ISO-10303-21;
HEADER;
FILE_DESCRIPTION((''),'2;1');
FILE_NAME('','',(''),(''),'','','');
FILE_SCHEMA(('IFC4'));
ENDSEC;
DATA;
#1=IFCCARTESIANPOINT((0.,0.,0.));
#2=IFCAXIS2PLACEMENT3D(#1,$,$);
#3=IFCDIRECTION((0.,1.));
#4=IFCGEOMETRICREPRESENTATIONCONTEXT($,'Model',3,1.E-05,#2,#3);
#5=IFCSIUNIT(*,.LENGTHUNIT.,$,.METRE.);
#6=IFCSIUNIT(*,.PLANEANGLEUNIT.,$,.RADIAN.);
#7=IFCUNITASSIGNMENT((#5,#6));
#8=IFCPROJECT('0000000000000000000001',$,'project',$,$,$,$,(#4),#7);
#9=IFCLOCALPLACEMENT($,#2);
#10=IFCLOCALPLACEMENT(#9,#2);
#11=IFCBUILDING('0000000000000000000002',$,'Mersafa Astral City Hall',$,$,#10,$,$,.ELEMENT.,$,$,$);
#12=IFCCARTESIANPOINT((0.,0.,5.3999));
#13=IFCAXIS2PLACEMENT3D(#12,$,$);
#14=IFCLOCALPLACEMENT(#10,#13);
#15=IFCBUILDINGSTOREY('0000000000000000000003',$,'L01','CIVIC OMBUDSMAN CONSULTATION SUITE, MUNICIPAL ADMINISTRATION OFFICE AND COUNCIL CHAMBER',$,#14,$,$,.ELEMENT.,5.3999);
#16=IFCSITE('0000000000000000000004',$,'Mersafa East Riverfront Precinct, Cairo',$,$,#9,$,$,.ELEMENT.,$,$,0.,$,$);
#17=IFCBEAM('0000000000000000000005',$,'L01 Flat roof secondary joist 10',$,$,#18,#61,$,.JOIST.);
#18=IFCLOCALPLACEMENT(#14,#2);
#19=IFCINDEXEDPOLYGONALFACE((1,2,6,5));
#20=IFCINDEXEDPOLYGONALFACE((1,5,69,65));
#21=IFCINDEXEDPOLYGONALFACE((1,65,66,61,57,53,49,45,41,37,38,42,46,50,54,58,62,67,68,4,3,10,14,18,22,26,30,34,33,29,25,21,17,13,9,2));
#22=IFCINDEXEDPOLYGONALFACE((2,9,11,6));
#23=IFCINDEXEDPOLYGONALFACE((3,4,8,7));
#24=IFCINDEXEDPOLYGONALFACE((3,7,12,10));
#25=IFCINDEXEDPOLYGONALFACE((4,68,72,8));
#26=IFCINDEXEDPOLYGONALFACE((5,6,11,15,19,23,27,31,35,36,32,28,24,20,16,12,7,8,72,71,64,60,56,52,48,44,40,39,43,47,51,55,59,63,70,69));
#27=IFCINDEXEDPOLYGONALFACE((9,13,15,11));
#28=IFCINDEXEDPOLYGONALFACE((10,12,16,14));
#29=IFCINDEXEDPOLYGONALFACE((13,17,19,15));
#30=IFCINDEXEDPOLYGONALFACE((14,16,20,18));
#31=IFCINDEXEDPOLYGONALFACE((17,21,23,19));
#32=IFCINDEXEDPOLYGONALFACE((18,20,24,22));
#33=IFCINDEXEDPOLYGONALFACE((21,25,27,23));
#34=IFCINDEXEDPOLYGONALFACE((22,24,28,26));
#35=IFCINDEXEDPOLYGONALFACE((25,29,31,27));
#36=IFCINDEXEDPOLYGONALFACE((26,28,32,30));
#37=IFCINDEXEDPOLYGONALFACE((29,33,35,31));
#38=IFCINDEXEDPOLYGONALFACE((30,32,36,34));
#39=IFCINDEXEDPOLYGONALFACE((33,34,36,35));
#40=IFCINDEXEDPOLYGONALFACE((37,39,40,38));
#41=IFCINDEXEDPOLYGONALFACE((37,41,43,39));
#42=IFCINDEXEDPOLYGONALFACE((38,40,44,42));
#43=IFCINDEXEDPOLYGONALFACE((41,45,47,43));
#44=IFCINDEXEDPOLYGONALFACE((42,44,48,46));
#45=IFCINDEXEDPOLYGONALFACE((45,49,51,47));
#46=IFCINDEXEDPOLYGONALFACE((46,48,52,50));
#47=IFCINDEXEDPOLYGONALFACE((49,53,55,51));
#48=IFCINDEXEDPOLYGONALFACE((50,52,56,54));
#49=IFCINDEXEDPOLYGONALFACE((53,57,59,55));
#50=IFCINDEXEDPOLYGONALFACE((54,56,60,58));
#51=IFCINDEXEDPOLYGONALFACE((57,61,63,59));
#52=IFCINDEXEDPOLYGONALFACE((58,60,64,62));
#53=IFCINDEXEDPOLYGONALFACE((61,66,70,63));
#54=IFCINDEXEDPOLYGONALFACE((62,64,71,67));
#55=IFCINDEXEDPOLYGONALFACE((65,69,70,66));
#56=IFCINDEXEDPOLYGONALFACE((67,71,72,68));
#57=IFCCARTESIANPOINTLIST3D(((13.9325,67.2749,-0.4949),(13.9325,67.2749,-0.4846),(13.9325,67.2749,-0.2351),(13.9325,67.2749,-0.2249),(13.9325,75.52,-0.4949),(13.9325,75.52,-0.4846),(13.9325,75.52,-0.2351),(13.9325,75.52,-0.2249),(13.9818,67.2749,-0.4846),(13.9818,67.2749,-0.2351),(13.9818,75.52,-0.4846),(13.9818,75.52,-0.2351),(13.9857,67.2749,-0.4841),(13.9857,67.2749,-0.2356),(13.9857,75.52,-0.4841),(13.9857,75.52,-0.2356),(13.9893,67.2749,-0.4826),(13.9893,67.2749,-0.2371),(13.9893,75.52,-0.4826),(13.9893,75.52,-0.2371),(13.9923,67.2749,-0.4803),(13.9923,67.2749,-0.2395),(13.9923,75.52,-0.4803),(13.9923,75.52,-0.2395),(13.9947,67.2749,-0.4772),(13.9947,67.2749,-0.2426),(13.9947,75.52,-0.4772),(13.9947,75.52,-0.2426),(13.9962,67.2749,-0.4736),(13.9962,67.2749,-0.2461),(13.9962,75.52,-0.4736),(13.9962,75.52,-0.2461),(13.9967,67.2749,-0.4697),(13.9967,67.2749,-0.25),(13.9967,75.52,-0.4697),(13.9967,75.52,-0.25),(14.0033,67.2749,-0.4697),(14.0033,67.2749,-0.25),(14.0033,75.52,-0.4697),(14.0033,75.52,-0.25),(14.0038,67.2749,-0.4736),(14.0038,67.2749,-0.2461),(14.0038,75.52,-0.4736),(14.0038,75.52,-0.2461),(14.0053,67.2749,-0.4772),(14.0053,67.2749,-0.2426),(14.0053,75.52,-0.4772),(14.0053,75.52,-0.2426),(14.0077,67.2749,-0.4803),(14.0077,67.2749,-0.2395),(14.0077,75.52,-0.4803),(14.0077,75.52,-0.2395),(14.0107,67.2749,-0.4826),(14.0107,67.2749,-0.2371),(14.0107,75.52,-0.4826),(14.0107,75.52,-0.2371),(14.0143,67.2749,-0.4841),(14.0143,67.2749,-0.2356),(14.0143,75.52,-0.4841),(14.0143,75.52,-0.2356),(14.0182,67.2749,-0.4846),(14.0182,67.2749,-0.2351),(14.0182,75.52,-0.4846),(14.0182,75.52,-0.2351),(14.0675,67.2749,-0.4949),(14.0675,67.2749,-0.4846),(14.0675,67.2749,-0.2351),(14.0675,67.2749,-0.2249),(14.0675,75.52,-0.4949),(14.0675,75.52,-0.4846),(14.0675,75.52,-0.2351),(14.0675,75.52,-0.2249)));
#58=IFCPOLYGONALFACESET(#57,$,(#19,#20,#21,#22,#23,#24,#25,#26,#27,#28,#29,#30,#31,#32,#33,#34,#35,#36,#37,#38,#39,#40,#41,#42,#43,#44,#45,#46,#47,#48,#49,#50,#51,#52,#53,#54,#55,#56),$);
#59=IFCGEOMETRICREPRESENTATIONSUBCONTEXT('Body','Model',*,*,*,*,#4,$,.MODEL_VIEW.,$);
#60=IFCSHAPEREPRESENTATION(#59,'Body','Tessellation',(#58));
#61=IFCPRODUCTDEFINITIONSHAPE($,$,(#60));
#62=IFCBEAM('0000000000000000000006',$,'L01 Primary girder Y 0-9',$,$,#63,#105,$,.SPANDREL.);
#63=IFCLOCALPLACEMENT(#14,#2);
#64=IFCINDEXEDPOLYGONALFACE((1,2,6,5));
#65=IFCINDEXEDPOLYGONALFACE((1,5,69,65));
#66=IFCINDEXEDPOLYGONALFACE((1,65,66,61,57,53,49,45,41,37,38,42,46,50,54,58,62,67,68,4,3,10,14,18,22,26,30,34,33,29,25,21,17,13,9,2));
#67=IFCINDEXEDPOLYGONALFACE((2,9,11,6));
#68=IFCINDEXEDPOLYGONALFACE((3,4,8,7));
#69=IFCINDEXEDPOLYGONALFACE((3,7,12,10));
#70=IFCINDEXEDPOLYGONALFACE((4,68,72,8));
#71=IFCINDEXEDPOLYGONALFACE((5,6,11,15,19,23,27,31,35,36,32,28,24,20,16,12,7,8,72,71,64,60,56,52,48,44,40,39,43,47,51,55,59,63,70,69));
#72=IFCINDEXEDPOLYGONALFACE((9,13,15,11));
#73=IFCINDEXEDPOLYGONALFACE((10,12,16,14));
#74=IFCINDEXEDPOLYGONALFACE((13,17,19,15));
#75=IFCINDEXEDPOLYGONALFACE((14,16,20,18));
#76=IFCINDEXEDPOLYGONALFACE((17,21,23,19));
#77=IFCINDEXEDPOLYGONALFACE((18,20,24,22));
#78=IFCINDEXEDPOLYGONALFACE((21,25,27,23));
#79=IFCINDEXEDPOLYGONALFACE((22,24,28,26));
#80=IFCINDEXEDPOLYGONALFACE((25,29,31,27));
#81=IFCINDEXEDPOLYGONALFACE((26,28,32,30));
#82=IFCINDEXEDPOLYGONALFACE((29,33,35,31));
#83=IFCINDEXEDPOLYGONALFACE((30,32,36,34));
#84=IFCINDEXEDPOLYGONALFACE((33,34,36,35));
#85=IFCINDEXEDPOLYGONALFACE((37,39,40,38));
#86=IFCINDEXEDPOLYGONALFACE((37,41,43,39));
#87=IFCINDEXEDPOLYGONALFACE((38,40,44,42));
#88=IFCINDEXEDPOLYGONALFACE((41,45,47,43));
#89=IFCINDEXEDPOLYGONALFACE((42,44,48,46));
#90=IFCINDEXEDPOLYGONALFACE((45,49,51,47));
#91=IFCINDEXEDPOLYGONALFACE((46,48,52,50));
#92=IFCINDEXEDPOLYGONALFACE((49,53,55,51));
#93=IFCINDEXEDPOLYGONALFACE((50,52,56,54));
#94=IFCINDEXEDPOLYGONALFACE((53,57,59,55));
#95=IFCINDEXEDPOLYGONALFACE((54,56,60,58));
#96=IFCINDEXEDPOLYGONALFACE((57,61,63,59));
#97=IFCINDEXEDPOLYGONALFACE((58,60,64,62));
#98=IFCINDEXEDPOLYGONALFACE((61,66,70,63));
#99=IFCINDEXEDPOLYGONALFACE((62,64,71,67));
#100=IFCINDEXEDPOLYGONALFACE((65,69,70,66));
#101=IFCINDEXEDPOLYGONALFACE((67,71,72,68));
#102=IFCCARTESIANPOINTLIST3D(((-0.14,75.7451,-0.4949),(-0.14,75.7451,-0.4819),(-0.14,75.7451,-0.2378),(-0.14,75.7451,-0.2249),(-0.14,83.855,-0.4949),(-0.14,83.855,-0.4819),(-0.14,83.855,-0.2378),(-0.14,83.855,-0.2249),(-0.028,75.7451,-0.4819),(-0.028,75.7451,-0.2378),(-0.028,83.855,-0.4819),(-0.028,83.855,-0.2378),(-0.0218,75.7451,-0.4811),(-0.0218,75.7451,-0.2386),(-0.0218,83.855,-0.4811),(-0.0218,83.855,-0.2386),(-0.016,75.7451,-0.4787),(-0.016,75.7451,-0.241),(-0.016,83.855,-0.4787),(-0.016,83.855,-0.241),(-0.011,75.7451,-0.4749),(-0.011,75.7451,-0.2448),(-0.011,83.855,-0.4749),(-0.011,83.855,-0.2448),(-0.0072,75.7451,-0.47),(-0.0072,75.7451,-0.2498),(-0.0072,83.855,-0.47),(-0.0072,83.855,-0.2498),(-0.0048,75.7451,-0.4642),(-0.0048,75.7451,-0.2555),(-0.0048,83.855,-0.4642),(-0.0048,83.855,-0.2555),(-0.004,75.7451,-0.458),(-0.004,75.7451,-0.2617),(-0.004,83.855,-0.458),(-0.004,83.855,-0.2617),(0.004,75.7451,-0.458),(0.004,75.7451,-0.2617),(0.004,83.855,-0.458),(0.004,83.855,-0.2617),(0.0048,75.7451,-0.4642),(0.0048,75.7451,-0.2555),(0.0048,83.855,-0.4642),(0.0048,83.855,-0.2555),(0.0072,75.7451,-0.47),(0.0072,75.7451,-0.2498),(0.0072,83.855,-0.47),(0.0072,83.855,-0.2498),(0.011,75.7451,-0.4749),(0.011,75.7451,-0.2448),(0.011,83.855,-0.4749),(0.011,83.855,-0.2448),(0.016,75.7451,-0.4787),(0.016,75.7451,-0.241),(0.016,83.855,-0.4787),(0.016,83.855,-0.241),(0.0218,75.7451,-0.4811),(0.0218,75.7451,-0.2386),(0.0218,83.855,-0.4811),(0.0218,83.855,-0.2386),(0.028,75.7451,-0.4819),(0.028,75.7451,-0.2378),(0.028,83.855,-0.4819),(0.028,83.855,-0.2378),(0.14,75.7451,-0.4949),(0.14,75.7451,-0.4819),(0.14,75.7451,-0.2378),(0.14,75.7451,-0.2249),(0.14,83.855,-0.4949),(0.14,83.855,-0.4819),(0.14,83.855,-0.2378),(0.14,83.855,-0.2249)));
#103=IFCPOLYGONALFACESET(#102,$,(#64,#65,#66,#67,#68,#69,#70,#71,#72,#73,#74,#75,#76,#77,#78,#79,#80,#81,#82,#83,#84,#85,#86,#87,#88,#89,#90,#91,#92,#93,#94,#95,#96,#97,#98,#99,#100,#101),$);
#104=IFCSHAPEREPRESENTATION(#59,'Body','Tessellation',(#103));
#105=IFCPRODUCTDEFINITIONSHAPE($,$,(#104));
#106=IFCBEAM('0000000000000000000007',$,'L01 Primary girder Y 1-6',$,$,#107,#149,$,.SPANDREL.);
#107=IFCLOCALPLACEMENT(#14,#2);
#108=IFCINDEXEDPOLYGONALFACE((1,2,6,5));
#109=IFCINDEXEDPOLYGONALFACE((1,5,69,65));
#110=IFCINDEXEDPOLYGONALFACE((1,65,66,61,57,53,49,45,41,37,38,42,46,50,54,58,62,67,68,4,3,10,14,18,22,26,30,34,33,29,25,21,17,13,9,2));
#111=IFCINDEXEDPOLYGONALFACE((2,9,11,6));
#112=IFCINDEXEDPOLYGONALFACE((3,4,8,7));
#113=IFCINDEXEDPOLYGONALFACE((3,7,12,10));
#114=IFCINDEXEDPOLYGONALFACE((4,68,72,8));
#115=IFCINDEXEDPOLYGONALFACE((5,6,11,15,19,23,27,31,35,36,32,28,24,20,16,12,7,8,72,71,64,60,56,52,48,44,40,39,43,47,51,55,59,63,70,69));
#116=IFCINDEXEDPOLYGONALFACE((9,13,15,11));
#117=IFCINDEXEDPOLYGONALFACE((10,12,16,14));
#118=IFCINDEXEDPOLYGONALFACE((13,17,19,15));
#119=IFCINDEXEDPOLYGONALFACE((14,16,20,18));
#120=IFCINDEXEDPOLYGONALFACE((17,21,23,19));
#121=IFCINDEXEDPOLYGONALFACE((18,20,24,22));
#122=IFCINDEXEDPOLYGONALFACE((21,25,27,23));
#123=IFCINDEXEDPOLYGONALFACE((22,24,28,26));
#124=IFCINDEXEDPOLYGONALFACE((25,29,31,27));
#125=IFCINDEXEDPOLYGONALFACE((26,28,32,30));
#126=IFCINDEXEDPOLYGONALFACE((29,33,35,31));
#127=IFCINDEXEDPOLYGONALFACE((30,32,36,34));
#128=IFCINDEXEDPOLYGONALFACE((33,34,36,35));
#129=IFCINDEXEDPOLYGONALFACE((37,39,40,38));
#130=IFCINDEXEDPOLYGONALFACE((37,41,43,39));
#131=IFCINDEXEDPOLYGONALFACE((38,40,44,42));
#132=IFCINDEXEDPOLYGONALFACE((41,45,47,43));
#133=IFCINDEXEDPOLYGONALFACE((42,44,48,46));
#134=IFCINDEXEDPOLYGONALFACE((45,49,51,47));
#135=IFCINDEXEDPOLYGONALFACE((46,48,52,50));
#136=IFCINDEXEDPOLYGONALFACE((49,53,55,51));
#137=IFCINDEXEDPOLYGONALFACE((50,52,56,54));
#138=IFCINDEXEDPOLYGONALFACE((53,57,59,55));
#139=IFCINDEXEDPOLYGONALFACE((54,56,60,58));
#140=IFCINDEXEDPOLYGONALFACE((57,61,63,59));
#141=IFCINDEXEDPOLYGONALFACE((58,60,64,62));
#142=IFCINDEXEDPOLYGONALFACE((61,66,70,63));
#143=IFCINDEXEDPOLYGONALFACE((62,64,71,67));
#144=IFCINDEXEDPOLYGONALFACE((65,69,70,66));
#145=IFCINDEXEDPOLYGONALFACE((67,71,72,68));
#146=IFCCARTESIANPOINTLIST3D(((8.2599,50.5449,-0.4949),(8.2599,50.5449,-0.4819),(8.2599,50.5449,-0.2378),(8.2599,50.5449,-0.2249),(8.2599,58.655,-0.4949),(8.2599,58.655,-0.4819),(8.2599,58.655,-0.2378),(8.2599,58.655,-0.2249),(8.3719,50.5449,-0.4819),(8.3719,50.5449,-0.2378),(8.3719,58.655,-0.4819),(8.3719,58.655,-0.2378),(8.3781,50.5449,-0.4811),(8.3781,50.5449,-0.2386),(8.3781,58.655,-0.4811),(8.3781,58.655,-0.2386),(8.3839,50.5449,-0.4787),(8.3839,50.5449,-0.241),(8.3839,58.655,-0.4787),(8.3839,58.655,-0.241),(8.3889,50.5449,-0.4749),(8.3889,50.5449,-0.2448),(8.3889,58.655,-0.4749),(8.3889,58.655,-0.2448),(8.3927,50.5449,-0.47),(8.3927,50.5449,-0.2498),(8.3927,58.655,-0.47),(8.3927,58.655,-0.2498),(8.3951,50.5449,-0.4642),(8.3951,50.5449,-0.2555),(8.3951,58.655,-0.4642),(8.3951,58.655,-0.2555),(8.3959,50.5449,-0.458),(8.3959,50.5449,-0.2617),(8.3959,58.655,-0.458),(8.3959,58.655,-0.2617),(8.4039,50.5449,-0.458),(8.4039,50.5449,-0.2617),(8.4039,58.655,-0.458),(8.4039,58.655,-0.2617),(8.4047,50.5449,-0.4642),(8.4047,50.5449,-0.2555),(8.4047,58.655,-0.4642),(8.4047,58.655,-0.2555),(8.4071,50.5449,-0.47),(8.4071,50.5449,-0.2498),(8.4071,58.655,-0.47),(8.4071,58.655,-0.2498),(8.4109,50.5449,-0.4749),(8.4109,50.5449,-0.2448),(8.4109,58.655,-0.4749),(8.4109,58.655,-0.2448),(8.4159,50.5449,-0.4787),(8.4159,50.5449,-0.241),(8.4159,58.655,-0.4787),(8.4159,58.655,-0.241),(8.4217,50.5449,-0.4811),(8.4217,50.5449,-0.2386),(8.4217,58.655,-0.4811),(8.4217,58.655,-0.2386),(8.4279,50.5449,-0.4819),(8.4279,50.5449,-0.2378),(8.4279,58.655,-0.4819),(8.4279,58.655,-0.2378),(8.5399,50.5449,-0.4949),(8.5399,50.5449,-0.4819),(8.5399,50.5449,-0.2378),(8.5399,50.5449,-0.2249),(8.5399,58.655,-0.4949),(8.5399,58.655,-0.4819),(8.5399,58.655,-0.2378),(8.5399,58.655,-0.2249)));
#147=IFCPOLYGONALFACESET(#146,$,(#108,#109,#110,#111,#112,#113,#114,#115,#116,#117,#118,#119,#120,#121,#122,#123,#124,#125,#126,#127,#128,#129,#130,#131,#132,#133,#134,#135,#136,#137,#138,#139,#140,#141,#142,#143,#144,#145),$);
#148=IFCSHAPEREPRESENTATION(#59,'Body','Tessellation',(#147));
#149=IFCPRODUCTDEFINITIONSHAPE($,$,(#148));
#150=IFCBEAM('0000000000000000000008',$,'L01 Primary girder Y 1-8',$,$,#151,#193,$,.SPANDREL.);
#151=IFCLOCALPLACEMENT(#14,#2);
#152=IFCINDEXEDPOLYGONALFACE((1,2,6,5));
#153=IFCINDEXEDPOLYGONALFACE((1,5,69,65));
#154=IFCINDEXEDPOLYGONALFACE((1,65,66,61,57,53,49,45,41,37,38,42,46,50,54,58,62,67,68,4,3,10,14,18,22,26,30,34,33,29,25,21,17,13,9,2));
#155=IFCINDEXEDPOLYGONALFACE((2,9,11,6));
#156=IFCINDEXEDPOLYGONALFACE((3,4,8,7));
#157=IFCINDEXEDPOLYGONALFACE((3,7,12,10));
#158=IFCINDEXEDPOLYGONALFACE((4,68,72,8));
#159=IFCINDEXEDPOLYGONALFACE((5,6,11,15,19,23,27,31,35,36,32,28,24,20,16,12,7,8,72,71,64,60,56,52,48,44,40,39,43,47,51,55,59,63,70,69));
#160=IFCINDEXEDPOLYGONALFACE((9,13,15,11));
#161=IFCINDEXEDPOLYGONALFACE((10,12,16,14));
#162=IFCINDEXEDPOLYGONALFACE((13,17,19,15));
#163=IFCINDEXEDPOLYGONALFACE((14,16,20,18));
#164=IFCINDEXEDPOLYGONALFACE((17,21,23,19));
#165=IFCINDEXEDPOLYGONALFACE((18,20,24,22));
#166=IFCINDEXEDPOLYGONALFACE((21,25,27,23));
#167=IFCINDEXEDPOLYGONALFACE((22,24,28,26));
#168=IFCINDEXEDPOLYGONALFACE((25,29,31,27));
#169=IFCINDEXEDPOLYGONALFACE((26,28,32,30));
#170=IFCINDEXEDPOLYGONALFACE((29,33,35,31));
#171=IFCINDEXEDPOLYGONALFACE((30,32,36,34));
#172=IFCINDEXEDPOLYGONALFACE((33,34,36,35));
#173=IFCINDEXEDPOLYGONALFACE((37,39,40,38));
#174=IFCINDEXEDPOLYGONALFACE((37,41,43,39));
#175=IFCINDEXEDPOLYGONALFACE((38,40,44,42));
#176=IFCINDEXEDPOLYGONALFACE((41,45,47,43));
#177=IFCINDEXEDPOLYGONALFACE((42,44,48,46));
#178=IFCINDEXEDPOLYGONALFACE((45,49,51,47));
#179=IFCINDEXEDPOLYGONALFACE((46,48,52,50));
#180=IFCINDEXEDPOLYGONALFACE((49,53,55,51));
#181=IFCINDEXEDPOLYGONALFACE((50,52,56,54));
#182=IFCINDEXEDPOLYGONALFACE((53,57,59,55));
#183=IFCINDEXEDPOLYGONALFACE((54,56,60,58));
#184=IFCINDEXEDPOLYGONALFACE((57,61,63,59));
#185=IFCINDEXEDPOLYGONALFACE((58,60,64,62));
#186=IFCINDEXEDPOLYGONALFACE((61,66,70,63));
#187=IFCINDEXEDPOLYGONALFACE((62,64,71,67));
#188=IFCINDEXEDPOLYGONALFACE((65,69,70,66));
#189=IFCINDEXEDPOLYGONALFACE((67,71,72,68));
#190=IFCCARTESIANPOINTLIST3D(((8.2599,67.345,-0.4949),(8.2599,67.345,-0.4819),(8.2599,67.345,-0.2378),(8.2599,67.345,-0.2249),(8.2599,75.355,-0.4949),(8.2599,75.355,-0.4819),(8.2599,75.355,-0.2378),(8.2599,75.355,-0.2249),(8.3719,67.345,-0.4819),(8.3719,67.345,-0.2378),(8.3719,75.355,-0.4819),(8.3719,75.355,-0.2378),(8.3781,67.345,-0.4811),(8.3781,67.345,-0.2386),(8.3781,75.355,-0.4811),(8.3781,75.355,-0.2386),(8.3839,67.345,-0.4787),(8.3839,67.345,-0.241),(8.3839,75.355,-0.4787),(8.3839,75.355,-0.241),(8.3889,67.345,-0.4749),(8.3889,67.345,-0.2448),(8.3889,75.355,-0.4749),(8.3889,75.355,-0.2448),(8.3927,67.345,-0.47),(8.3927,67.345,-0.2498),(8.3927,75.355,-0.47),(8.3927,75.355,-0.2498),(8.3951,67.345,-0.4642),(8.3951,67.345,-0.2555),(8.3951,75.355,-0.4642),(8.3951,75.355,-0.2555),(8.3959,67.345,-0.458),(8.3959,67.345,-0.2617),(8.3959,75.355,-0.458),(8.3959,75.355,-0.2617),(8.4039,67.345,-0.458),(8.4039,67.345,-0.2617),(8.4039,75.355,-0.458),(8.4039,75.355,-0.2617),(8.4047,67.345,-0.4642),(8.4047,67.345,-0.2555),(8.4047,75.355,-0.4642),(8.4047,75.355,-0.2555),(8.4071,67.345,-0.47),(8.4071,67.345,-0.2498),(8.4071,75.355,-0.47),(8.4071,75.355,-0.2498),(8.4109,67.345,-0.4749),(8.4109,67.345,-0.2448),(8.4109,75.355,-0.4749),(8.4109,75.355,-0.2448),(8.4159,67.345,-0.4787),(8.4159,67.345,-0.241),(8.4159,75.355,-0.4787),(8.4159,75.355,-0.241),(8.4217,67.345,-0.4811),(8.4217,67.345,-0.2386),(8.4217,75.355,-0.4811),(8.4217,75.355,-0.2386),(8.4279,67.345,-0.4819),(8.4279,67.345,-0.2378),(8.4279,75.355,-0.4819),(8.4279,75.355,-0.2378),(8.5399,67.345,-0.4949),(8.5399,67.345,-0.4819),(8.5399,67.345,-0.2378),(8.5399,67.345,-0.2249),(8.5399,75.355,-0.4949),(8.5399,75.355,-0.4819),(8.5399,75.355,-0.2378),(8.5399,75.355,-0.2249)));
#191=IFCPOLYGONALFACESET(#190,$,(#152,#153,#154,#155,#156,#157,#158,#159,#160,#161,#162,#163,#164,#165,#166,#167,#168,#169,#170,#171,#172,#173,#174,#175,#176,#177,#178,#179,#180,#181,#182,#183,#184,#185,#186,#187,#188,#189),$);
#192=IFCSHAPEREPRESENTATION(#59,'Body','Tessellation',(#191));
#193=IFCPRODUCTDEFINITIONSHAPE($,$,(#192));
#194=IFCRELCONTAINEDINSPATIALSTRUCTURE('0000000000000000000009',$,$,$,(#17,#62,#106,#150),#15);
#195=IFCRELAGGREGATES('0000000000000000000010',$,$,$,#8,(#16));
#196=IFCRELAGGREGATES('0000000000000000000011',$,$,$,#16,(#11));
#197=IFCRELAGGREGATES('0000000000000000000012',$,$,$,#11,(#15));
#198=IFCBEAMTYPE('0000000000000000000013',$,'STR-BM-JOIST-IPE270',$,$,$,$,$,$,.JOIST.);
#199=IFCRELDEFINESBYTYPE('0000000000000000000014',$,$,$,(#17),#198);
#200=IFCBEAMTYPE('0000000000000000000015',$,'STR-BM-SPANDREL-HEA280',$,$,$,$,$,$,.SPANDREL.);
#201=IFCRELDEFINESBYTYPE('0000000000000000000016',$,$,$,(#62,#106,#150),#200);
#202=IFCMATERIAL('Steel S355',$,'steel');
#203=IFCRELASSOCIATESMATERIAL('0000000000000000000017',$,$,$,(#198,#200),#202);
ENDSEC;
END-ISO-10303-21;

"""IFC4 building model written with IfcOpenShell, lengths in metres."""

from ifc_helpers import new_model, si_unit, direction, frame, origin, origin_2d, place, context, subcontext, project, spatial, i_section, extrude, material, material_profile, profile_set, type_object, element, save


model = new_model("IFC4")

# Units and contexts
model_context = context("Model", 3, precision=1e-05, world=origin(), true_north=direction((0.0, 1.0)))
body_context = subcontext(model_context, "Body", "Model", "MODEL_VIEW")
ifc_project = project(units=[si_unit("LENGTHUNIT", "METRE"), si_unit("PLANEANGLEUNIT", "RADIAN")], contexts=[model_context])

# Site, building, storey
site_placement = place(None, origin())
site = spatial("IfcSite", under=ifc_project, at=site_placement, Name="Mersafa East Riverfront Precinct, Cairo", CompositionType="ELEMENT", RefElevation=0.0)
building_placement = place(site_placement, origin())
building = spatial("IfcBuilding", under=site, at=building_placement, Name="Mersafa Astral City Hall", CompositionType="ELEMENT")
storey_placement = place(building_placement, frame((0.0, 0.0, 5.3999)))
storey = spatial("IfcBuildingStorey", under=building, at=storey_placement, Name="L01", Description="CIVIC OMBUDSMAN CONSULTATION SUITE, MUNICIPAL ADMINISTRATION OFFICE AND COUNCIL CHAMBER", CompositionType="ELEMENT", Elevation=5.3999)

# Shared definitions
ifc_material_1 = material(Name="Steel S355", Category="steel")

# Beams
ifc_material_profile_1 = material_profile(ifc_material_1, i_section(OverallWidth=0.135, OverallDepth=0.27, WebThickness=0.0066, FlangeThickness=0.0103, FilletRadius=0.0149, at=origin_2d()), Name="IPE 270")
ifc_profile_set_1 = profile_set([ifc_material_profile_1], Name="Steel S355")
beam_type_1 = type_object("IfcBeamType", Name="STR-BM-JOIST-IPE270", PredefinedType="JOIST", material=ifc_profile_set_1)
for number, where, z_axis, x_axis, name in (
    (1, (14.0, 67.2749, -0.3599), (0.0, 1.0, 0.0), (-1.0, 0.0, 0.0), "L01 Flat roof secondary joist 10"),
):
    element("IfcBeam", number, at=place(storey_placement, frame(where, z_axis=z_axis, x_axis=x_axis)), inside=storey, type_object=beam_type_1, Name=name, PredefinedType="JOIST", context=body_context, shape_type="SweptSolid", body=[
        extrude(i_section(OverallWidth=0.135, OverallDepth=0.27, WebThickness=0.0066, FlangeThickness=0.0103, FilletRadius=0.0149, at=origin_2d()), origin(), (0.0, 0.0, 1.0), 8.2451),
    ])
ifc_material_profile_2 = material_profile(ifc_material_1, i_section(OverallWidth=0.28, OverallDepth=0.27, WebThickness=0.0081, FlangeThickness=0.0129, FilletRadius=0.0239, at=origin_2d()), Name="HEA 280")
ifc_profile_set_2 = profile_set([ifc_material_profile_2], Name="Steel S355")
beam_type_2 = type_object("IfcBeamType", Name="STR-BM-SPANDREL-HEA280", PredefinedType="SPANDREL", material=ifc_profile_set_2)
beam_1_placement = place(storey_placement, frame((0.0, 75.7451, -0.3599), z_axis=(0.0, 1.0, 0.0), x_axis=(-1.0, 0.0, 0.0)))
element("IfcBeam", 2, at=beam_1_placement, inside=storey, type_object=beam_type_2, Name="L01 Primary girder Y 0-9", PredefinedType="SPANDREL", context=body_context, shape_type="SweptSolid", body=[
    extrude(i_section(OverallWidth=0.28, OverallDepth=0.27, WebThickness=0.0081, FlangeThickness=0.0129, FilletRadius=0.0239, at=origin_2d()), origin(), (0.0, 0.0, 1.0), 8.1099),
])
beam_2_placement = place(storey_placement, frame((8.3999, 50.5449, -0.3599), z_axis=(0.0, 1.0, 0.0), x_axis=(-1.0, 0.0, 0.0)))
element("IfcBeam", 3, at=beam_2_placement, inside=storey, type_object=beam_type_2, Name="L01 Primary girder Y 1-6", PredefinedType="SPANDREL", context=body_context, shape_type="SweptSolid", body=[
    extrude(i_section(OverallWidth=0.28, OverallDepth=0.27, WebThickness=0.0081, FlangeThickness=0.0129, FilletRadius=0.0239, at=origin_2d()), origin(), (0.0, 0.0, 1.0), 8.1101),
])
beam_3_placement = place(storey_placement, frame((8.3999, 67.345, -0.3599), z_axis=(0.0, 1.0, 0.0), x_axis=(-1.0, 0.0, 0.0)))
element("IfcBeam", 4, at=beam_3_placement, inside=storey, type_object=beam_type_2, Name="L01 Primary girder Y 1-8", PredefinedType="SPANDREL", context=body_context, shape_type="SweptSolid", body=[
    extrude(i_section(OverallWidth=0.28, OverallDepth=0.27, WebThickness=0.0081, FlangeThickness=0.0129, FilletRadius=0.0239, at=origin_2d()), origin(), (0.0, 0.0, 1.0), 8.01),
])

save(model, "model.ifc")
